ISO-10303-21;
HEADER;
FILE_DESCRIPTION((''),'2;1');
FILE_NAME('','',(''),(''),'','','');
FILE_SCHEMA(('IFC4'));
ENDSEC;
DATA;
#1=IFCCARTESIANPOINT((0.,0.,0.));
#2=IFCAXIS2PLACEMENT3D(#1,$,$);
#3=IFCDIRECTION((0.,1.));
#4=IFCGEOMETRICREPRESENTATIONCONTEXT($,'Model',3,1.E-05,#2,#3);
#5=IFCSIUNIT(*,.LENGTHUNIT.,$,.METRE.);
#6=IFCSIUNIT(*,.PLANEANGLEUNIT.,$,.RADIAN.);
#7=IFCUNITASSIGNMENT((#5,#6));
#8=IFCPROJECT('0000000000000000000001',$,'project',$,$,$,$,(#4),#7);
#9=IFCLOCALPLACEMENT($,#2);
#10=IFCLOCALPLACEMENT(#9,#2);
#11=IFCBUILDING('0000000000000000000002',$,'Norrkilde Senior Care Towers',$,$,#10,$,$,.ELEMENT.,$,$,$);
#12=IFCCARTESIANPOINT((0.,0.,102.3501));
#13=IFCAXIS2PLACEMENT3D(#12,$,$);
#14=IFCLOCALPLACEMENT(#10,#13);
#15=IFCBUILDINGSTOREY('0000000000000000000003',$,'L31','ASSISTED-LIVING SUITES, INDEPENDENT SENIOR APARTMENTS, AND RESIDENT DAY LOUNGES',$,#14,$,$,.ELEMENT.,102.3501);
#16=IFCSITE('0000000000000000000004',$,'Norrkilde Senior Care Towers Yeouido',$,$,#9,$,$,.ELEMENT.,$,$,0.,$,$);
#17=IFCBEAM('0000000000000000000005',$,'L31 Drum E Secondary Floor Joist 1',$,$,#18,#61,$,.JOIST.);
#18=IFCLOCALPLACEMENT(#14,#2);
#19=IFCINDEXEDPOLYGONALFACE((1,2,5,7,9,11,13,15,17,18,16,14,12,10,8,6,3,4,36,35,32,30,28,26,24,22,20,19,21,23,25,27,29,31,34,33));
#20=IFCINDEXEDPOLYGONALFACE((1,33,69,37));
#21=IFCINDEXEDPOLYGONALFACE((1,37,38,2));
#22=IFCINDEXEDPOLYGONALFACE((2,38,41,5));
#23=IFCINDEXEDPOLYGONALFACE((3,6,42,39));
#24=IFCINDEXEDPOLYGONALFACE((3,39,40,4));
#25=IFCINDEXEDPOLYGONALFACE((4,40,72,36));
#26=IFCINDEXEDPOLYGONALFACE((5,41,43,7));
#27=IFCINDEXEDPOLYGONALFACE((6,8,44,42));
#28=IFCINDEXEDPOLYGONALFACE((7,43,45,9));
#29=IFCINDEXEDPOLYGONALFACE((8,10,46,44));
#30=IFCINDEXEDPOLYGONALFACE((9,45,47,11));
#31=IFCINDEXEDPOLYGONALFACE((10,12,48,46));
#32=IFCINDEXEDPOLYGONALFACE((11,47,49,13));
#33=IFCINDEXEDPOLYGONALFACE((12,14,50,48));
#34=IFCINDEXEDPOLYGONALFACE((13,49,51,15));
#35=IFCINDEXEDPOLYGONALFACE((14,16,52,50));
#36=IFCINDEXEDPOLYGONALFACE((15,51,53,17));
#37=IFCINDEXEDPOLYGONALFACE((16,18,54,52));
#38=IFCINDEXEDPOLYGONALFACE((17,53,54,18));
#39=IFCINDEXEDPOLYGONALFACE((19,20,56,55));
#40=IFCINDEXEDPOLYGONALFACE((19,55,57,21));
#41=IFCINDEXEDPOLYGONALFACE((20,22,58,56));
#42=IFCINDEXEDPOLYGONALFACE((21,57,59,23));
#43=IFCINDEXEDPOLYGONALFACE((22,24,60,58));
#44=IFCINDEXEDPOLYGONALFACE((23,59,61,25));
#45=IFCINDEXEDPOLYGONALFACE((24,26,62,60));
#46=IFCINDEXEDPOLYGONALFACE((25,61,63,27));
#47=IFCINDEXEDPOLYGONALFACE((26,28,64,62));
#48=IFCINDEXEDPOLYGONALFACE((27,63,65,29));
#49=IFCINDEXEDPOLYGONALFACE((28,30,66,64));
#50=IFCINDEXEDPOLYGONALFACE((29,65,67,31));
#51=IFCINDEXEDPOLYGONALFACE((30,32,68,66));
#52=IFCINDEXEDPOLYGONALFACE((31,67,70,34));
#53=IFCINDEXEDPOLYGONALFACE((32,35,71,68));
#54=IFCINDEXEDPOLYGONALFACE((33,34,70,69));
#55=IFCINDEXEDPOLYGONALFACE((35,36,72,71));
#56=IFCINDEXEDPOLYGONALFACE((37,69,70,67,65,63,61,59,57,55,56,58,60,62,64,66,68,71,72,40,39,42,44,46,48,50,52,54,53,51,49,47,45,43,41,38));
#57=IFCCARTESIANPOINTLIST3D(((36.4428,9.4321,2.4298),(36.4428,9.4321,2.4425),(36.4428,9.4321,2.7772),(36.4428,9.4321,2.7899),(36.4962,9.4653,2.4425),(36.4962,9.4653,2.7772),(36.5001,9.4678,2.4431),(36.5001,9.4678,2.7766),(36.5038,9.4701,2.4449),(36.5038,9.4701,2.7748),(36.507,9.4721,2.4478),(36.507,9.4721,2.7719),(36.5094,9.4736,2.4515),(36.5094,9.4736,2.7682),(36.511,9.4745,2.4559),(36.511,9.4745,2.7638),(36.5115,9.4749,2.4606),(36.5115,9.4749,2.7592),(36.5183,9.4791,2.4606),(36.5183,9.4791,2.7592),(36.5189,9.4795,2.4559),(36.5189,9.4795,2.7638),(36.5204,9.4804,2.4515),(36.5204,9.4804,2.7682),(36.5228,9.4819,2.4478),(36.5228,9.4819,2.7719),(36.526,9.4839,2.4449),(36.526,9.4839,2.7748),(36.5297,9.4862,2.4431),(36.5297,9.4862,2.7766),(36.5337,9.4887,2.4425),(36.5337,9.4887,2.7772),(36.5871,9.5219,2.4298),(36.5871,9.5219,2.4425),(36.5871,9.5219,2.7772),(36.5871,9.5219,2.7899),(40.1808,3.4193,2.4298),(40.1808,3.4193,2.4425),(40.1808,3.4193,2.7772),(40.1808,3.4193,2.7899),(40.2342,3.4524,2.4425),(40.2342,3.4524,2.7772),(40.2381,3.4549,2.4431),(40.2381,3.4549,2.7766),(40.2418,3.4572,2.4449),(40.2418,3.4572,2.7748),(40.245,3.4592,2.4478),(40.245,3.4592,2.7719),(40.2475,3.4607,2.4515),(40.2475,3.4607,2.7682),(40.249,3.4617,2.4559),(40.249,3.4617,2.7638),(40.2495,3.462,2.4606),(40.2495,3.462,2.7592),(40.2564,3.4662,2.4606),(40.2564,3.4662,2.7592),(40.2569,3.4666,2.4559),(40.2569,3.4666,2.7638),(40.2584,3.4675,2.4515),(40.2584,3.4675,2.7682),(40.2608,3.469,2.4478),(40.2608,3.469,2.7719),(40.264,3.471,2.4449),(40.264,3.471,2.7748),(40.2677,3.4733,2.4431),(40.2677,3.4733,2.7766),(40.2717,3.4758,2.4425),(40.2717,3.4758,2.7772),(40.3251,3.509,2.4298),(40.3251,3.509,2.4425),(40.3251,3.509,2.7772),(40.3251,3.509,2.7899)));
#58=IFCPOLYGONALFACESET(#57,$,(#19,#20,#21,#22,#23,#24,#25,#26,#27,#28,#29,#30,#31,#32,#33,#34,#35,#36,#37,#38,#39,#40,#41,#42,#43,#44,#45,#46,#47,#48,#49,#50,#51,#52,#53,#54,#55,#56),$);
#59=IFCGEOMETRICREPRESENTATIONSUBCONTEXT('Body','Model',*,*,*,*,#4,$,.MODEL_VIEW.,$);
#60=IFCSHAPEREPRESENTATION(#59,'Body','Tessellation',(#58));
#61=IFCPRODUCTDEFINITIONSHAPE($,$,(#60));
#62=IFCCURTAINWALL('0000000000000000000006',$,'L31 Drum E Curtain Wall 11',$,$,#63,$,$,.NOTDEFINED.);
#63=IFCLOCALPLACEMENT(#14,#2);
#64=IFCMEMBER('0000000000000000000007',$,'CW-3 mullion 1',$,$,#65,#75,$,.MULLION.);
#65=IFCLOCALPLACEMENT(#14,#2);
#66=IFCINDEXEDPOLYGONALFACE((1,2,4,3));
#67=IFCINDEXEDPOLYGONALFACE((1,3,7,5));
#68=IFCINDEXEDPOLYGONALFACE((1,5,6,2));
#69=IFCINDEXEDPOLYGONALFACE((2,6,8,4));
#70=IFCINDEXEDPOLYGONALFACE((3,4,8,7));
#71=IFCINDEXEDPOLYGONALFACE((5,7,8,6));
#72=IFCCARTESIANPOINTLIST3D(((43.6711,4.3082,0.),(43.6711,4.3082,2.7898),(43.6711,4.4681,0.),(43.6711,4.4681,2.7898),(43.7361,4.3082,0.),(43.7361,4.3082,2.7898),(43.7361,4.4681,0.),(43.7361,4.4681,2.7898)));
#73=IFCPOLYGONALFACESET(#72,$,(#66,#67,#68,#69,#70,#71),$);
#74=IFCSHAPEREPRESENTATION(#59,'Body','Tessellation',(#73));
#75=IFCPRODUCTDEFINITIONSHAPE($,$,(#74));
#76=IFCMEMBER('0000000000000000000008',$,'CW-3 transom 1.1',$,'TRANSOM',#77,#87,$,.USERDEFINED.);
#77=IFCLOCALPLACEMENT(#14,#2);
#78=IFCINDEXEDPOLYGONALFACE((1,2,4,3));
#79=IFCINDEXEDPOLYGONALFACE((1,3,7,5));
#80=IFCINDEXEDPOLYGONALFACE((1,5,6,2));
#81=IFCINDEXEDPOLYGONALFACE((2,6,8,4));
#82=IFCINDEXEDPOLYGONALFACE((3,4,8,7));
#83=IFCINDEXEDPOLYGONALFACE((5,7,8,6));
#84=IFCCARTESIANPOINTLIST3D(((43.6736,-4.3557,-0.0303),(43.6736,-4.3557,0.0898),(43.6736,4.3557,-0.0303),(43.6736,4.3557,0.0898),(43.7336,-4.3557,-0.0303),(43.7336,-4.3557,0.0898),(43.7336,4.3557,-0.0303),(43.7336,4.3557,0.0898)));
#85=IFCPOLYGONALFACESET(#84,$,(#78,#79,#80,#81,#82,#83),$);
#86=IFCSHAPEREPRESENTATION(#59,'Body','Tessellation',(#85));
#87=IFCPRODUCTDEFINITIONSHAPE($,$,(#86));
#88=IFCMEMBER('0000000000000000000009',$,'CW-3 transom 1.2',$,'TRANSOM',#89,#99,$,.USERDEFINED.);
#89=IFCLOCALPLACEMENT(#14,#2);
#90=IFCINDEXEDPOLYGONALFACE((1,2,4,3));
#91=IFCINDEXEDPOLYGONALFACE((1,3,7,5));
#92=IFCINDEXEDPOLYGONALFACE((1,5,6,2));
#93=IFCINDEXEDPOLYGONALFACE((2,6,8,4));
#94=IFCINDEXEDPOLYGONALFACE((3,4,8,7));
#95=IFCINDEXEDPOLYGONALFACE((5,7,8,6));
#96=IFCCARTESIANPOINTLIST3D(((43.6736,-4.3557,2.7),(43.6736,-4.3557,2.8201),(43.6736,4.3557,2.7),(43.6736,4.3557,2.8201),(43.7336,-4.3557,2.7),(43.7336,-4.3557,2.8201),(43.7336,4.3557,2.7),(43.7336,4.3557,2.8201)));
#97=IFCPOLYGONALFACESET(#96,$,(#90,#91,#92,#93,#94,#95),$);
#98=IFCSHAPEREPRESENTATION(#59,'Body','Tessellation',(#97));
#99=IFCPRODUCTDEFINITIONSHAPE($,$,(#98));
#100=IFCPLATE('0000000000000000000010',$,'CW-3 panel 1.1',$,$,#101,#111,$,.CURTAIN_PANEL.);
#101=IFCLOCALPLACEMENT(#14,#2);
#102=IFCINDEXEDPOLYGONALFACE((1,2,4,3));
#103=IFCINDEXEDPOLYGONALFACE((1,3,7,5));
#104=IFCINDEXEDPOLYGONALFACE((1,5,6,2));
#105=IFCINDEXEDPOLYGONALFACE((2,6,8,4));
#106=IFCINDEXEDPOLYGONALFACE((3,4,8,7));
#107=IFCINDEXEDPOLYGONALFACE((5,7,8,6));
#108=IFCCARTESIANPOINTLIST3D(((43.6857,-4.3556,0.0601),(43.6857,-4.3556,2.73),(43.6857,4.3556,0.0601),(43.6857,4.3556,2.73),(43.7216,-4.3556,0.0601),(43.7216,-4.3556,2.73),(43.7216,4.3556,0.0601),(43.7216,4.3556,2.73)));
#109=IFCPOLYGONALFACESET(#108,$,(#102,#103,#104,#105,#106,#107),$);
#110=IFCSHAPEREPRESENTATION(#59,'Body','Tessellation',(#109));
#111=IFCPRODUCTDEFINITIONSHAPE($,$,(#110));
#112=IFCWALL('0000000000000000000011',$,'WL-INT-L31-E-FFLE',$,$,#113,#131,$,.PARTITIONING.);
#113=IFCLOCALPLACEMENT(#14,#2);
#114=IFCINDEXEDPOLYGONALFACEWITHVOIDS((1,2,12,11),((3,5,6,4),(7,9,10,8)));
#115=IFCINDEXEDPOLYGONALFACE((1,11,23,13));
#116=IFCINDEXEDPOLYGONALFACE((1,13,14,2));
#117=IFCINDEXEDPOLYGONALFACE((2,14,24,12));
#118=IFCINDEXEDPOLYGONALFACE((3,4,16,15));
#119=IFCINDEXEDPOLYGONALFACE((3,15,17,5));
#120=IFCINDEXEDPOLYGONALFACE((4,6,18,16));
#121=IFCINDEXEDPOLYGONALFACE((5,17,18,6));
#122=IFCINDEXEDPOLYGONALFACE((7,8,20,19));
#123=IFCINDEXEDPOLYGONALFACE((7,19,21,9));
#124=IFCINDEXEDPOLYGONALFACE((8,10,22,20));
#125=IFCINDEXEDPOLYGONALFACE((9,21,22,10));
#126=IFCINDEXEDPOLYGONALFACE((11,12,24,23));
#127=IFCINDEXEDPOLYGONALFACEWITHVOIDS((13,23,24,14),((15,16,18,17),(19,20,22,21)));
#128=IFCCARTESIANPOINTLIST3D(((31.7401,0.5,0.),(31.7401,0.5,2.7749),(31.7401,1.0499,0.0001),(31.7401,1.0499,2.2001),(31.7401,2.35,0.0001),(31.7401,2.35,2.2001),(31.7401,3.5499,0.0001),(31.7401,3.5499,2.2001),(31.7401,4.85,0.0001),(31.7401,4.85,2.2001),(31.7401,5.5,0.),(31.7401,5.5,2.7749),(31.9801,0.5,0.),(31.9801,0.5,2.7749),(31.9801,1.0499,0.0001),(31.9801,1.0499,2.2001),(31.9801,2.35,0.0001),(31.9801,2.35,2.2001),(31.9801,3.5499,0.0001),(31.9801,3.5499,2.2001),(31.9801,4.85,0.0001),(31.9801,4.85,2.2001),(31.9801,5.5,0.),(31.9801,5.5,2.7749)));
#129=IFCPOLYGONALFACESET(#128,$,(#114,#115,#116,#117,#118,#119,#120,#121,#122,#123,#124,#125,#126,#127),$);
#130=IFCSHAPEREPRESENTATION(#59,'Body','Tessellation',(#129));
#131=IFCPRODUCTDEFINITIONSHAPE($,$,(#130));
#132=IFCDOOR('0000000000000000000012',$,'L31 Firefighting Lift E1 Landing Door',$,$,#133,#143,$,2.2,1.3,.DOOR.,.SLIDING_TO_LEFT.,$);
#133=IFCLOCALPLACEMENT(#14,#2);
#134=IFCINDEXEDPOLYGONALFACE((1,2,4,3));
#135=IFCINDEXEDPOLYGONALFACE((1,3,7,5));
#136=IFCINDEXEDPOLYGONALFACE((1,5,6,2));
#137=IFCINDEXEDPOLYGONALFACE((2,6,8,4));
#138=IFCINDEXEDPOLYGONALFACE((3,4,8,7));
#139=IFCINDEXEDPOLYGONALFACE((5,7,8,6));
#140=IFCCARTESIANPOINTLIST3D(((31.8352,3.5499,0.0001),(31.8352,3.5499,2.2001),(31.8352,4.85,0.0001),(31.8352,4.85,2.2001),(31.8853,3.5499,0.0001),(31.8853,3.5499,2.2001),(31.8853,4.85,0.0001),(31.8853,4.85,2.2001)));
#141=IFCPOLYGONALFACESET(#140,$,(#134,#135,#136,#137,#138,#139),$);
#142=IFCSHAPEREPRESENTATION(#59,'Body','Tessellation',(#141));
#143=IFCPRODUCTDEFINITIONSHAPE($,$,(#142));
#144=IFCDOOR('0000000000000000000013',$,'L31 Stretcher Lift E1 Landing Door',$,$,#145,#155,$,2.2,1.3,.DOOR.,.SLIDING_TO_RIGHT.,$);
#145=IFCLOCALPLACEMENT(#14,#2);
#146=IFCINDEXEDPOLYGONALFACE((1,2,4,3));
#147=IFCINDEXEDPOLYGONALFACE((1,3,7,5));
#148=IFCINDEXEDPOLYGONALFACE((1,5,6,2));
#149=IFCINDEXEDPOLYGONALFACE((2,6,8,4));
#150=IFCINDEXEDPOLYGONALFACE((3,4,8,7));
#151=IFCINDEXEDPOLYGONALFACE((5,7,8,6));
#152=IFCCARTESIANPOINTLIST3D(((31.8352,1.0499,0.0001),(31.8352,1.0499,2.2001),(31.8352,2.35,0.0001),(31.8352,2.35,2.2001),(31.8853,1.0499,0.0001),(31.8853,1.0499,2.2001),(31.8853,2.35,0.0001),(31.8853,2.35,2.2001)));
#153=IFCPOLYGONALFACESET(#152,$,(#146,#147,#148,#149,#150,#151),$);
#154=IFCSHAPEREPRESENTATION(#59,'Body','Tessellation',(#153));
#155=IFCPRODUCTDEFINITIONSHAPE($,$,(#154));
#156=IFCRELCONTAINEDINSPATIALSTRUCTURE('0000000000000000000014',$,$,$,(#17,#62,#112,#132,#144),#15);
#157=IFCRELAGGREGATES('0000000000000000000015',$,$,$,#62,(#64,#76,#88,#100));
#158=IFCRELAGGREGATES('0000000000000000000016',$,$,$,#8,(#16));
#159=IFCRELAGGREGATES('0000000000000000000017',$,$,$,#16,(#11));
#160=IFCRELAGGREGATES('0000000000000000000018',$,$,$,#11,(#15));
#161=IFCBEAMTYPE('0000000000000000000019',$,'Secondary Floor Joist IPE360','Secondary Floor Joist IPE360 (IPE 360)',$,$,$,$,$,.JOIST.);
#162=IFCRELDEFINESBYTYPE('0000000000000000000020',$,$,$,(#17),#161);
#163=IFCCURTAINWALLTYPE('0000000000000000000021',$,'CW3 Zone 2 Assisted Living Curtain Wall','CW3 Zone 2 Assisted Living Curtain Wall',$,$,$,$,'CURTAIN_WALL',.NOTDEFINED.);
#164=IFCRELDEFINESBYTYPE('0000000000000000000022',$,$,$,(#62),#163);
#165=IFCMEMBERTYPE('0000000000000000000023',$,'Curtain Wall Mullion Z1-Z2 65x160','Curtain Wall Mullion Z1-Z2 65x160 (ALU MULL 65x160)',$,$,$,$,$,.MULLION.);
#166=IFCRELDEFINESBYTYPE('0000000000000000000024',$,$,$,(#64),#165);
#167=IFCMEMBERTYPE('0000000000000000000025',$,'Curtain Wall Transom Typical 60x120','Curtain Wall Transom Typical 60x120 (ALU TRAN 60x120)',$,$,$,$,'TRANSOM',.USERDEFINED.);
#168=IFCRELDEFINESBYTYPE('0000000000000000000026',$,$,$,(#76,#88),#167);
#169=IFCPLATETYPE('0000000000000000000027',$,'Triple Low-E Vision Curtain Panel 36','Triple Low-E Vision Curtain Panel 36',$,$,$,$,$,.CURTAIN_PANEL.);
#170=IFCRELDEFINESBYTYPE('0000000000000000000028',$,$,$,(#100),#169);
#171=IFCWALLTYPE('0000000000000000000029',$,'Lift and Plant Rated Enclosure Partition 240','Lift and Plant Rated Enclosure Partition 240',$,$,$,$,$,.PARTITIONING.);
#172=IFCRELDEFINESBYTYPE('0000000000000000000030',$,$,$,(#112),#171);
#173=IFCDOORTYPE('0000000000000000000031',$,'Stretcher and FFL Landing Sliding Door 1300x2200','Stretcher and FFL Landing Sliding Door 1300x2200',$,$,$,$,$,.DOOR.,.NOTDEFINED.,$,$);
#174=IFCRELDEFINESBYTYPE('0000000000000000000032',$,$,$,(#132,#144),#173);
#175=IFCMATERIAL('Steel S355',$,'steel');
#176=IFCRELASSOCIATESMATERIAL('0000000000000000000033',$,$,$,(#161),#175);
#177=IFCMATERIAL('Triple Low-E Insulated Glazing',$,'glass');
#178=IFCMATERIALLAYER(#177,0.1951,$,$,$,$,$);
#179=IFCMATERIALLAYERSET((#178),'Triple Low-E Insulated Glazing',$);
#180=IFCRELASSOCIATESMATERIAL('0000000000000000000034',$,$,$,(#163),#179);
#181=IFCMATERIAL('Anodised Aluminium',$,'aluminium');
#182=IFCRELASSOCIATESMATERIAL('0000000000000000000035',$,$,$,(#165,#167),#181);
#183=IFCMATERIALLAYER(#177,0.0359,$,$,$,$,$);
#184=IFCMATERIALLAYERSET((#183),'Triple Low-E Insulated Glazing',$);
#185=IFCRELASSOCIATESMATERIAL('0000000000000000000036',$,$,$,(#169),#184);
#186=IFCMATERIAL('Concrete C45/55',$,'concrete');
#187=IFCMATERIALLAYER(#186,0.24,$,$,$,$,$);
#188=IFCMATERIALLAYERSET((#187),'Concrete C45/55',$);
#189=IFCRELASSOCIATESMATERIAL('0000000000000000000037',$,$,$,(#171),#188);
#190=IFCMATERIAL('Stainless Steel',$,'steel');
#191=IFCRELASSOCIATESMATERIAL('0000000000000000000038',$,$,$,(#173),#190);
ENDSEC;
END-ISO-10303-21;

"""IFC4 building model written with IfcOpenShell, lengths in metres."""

from ifc_helpers import new_model, si_unit, direction, frame, frame_2d, origin, origin_2d, place, context, subcontext, project, spatial, rectangle, i_section, extrude, source, transform, mapped, material, layer, layer_set, material_profile, profile_set, type_object, type_shapes, element, fill, aggregate, save


model = new_model("IFC4")

# Units and contexts
model_context = context("Model", 3, precision=1e-05, world=origin(), true_north=direction((0.0, 1.0)))
body_context = subcontext(model_context, "Body", "Model", "MODEL_VIEW")
ifc_project = project(units=[si_unit("LENGTHUNIT", "METRE"), si_unit("PLANEANGLEUNIT", "RADIAN")], contexts=[model_context])

# Site, building, storey
site_placement = place(None, origin())
site = spatial("IfcSite", under=ifc_project, at=site_placement, Name="Norrkilde Senior Care Towers Yeouido", CompositionType="ELEMENT", RefElevation=0.0)
building_placement = place(site_placement, origin())
building = spatial("IfcBuilding", under=site, at=building_placement, Name="Norrkilde Senior Care Towers", CompositionType="ELEMENT")
storey_placement = place(building_placement, frame((0.0, 0.0, 102.3501)))
storey = spatial("IfcBuildingStorey", under=building, at=storey_placement, Name="L31", Description="ASSISTED-LIVING SUITES, INDEPENDENT SENIOR APARTMENTS, AND RESIDENT DAY LOUNGES", CompositionType="ELEMENT", Elevation=102.3501)

# Beam
ifc_material_1 = material(Name="Steel S355", Category="steel")
ifc_material_profile_1 = material_profile(ifc_material_1, i_section(OverallWidth=0.1699, OverallDepth=0.3601, WebThickness=0.0081, FlangeThickness=0.0127, FilletRadius=0.0181, at=origin_2d()), Name="IPE 360")
ifc_profile_set_1 = profile_set([ifc_material_profile_1], Name="Steel S355")
beam_type_1 = type_object("IfcBeamType", Name="Secondary Floor Joist IPE360", Description="Secondary Floor Joist IPE360 (IPE 360)", PredefinedType="JOIST", material=ifc_profile_set_1)
shared_shape_1 = source(origin(), body_context, "Body", "SweptSolid", [
    extrude(i_section(OverallWidth=0.1699, OverallDepth=0.3601, WebThickness=0.0081, FlangeThickness=0.0127, FilletRadius=0.0181, at=origin_2d()), origin(), (0.0, 0.0, 1.0), 7.0801),
])
type_shapes(beam_type_1, [shared_shape_1])
beam_1_placement = place(storey_placement, frame((40.2529, 3.4641, 2.6099), z_axis=(-0.527961, 0.849269, 0.0), x_axis=(-0.849269, -0.527961, 0.0)))
element("IfcBeam", 1, at=beam_1_placement, inside=storey, type_object=beam_type_1, Name="L31 Drum E Secondary Floor Joist 1", PredefinedType="JOIST", context=body_context, shape_type="MappedRepresentation", body=[
    mapped(shared_shape_1, transform((0.0, 0.0, 0.0), x_axis=(1.0, 0.0, 0.0), y_axis=(0.0, 1.0, 0.0), z_axis=(0.0, 0.0, 1.0), scale=1.0)),
])

# Curtain wall, members, plate
ifc_material_2 = material(Name="Triple Low-E Insulated Glazing", Category="glass")
ifc_layer_1 = layer(ifc_material_2, 0.1951)
ifc_layer_set_1 = layer_set([ifc_layer_1], Name="Triple Low-E Insulated Glazing")
curtain_wall_type = type_object("IfcCurtainWallType", Name="CW3 Zone 2 Assisted Living Curtain Wall", Description="CW3 Zone 2 Assisted Living Curtain Wall", ElementType="CURTAIN_WALL", PredefinedType="NOTDEFINED", material=ifc_layer_set_1)
curtain_wall_placement = place(storey_placement, origin())
curtain_wall = element("IfcCurtainWall", 2, at=curtain_wall_placement, inside=storey, type_object=curtain_wall_type, Name="L31 Drum E Curtain Wall 11", PredefinedType="NOTDEFINED")
ifc_material_3 = material(Name="Anodised Aluminium", Category="aluminium")
ifc_material_profile_2 = material_profile(ifc_material_3, rectangle(XDim=0.0649, YDim=0.1599, at=origin_2d()), Name="ALU MULL 65x160")
ifc_profile_set_2 = profile_set([ifc_material_profile_2], Name="Anodised Aluminium")
member_type_1 = type_object("IfcMemberType", Name="Curtain Wall Mullion Z1-Z2 65x160", Description="Curtain Wall Mullion Z1-Z2 65x160 (ALU MULL 65x160)", PredefinedType="MULLION", material=ifc_profile_set_2)
shared_shape_2 = source(origin(), body_context, "Body", "SweptSolid", [
    extrude(rectangle(XDim=0.0649, YDim=0.1599, at=origin_2d()), origin(), (0.0, 0.0, 1.0), 2.7898),
])
type_shapes(member_type_1, [shared_shape_2])
member_1_placement = place(storey_placement, frame((43.7036, 4.3882, 0.0), z_axis=(0.0, 0.0, 1.0), x_axis=(1.0, 0.0, 0.0)))
member_1 = element("IfcMember", 3, at=member_1_placement, type_object=member_type_1, Name="CW-3 mullion 1", PredefinedType="MULLION", context=body_context, shape_type="MappedRepresentation", body=[
    mapped(shared_shape_2, transform((0.0, 0.0, 0.0), x_axis=(1.0, 0.0, 0.0), y_axis=(0.0, 1.0, 0.0), z_axis=(0.0, 0.0, 1.0), scale=1.0)),
])
ifc_material_profile_3 = material_profile(ifc_material_3, rectangle(XDim=0.0601, YDim=0.1201, at=origin_2d()), Name="ALU TRAN 60x120")
ifc_profile_set_3 = profile_set([ifc_material_profile_3], Name="Anodised Aluminium")
member_type_2 = type_object("IfcMemberType", Name="Curtain Wall Transom Typical 60x120", Description="Curtain Wall Transom Typical 60x120 (ALU TRAN 60x120)", ElementType="TRANSOM", PredefinedType="USERDEFINED", material=ifc_profile_set_3)
shared_shape_3 = source(origin(), body_context, "Body", "SweptSolid", [
    extrude(rectangle(XDim=0.0601, YDim=0.1201, at=origin_2d()), origin(), (0.0, 0.0, 1.0), 8.7114),
])
type_shapes(member_type_2, [shared_shape_3])
member_2_placement = place(storey_placement, frame((43.7036, 4.3557, 0.0298), z_axis=(0.0, -1.0, 0.0), x_axis=(1.0, 0.0, 0.0)))
member_2 = element("IfcMember", 4, at=member_2_placement, type_object=member_type_2, Name="CW-3 transom 1.1", ObjectType="TRANSOM", PredefinedType="USERDEFINED", context=body_context, shape_type="MappedRepresentation", body=[
    mapped(shared_shape_3, transform((0.0, 0.0, 0.0), x_axis=(1.0, 0.0, 0.0), y_axis=(0.0, 1.0, 0.0), z_axis=(0.0, 0.0, 1.0), scale=1.0)),
])
member_3_placement = place(storey_placement, frame((43.7036, 4.3557, 2.76), z_axis=(0.0, -1.0, 0.0), x_axis=(1.0, 0.0, 0.0)))
member_3 = element("IfcMember", 5, at=member_3_placement, type_object=member_type_2, Name="CW-3 transom 1.2", ObjectType="TRANSOM", PredefinedType="USERDEFINED", context=body_context, shape_type="MappedRepresentation", body=[
    mapped(shared_shape_3, transform((0.0, 0.0, 0.0), x_axis=(1.0, 0.0, 0.0), y_axis=(0.0, 1.0, 0.0), z_axis=(0.0, 0.0, 1.0), scale=1.0)),
])
ifc_layer_2 = layer(ifc_material_2, 0.0359)
ifc_layer_set_2 = layer_set([ifc_layer_2], Name="Triple Low-E Insulated Glazing")
plate_type = type_object("IfcPlateType", Name="Triple Low-E Vision Curtain Panel 36", Description="Triple Low-E Vision Curtain Panel 36", PredefinedType="CURTAIN_PANEL", material=ifc_layer_set_2)
shared_shape_4 = source(origin(), body_context, "Body", "SweptSolid", [
    extrude(rectangle(XDim=8.7112, YDim=0.0359, at=origin_2d()), origin(), (0.0, 0.0, 1.0), 2.6699),
])
type_shapes(plate_type, [shared_shape_4])
plate_placement = place(storey_placement, frame((43.7036, 0.0, 0.0601), z_axis=(0.0, 0.0, 1.0), x_axis=(0.0, -1.0, 0.0)))
plate = element("IfcPlate", 6, at=plate_placement, type_object=plate_type, Name="CW-3 panel 1.1", PredefinedType="CURTAIN_PANEL", context=body_context, shape_type="MappedRepresentation", body=[
    mapped(shared_shape_4, transform((0.0, 0.0, 0.0), x_axis=(1.0, 0.0, 0.0), y_axis=(0.0, 1.0, 0.0), z_axis=(0.0, 0.0, 1.0), scale=1.0)),
])
aggregate(curtain_wall, [member_1, member_2, member_3, plate])

# Wall, openings, doors
ifc_material_4 = material(Name="Concrete C45/55", Category="concrete")
ifc_layer_3 = layer(ifc_material_4, 0.24)
ifc_layer_set_3 = layer_set([ifc_layer_3], Name="Concrete C45/55")
wall_type_1 = type_object("IfcWallType", Name="Lift and Plant Rated Enclosure Partition 240", Description="Lift and Plant Rated Enclosure Partition 240", PredefinedType="PARTITIONING", material=ifc_layer_set_3)
shared_shape_5 = source(origin(), body_context, "Body", "SweptSolid", [
    extrude(rectangle(XDim=5.0, YDim=0.24, at=frame_2d((2.5, 0.0))), origin(), (0.0, 0.0, 1.0), 2.7749),
])
wall_1_placement = place(storey_placement, frame((31.8601, 0.5, 0.0), z_axis=(0.0, 0.0, 1.0), x_axis=(0.0, 1.0, 0.0)))
wall_1 = element("IfcWall", 7, at=wall_1_placement, inside=storey, type_object=wall_type_1, Name="WL-INT-L31-E-FFLE", PredefinedType="PARTITIONING", context=body_context, shape_type="MappedRepresentation", body=[
    mapped(shared_shape_5, transform((0.0, 0.0, 0.0), x_axis=(1.0, 0.0, 0.0), y_axis=(0.0, 1.0, 0.0), z_axis=(0.0, 0.0, 1.0), scale=1.0)),
])
opening_1_placement = place(wall_1_placement, frame((3.05, 0.0, 0.0)))
opening_1 = element("IfcOpeningElement", 8, at=opening_1_placement, cuts=wall_1, PredefinedType="OPENING", context=body_context, shape_type="SweptSolid", body=[
    extrude(rectangle(XDim=1.3, YDim=2.2, at=frame_2d((0.6499, 1.1001))), frame((0.0, 0.1299, 0.0), z_axis=(0.0, -1.0, 0.0), x_axis=(1.0, 0.0, 0.0)), (0.0, 0.0, 1.0), 0.26),
])
opening_2_placement = place(wall_1_placement, frame((0.55, 0.0, 0.0)))
opening_2 = element("IfcOpeningElement", 9, at=opening_2_placement, cuts=wall_1, PredefinedType="OPENING", context=body_context, shape_type="SweptSolid", body=[
    extrude(rectangle(XDim=1.3, YDim=2.2, at=frame_2d((0.6499, 1.1001))), frame((0.0, 0.1299, 0.0), z_axis=(0.0, -1.0, 0.0), x_axis=(1.0, 0.0, 0.0)), (0.0, 0.0, 1.0), 0.26),
])
ifc_material_5 = material(Name="Stainless Steel", Category="steel")
door_type_1 = type_object("IfcDoorType", Name="Stretcher and FFL Landing Sliding Door 1300x2200", Description="Stretcher and FFL Landing Sliding Door 1300x2200", OperationType="NOTDEFINED", PredefinedType="DOOR", material=ifc_material_5)
shared_shape_6 = source(origin(), body_context, "Body", "SweptSolid", [
    extrude(rectangle(XDim=1.3, YDim=2.2, at=frame_2d((0.6499, 1.1001))), frame((0.0, 0.0249, 0.0), z_axis=(0.0, -1.0, 0.0), x_axis=(1.0, 0.0, 0.0)), (0.0, 0.0, 1.0), 0.05),
])
type_shapes(door_type_1, [shared_shape_6])
door_1_placement = place(opening_1_placement, origin())
door_1 = element("IfcDoor", 10, at=door_1_placement, inside=storey, type_object=door_type_1, Name="L31 Firefighting Lift E1 Landing Door", OperationType="SLIDING_TO_LEFT", OverallHeight=2.2, OverallWidth=1.3, PredefinedType="DOOR", context=body_context, shape_type="MappedRepresentation", body=[
    mapped(shared_shape_6, transform((0.0, 0.0, 0.0), x_axis=(1.0, 0.0, 0.0), y_axis=(0.0, 1.0, 0.0), z_axis=(0.0, 0.0, 1.0), scale=1.0)),
])
fill(opening_1, door_1)
door_2_placement = place(opening_2_placement, origin())
door_2 = element("IfcDoor", 11, at=door_2_placement, inside=storey, type_object=door_type_1, Name="L31 Stretcher Lift E1 Landing Door", OperationType="SLIDING_TO_RIGHT", OverallHeight=2.2, OverallWidth=1.3, PredefinedType="DOOR", context=body_context, shape_type="MappedRepresentation", body=[
    mapped(shared_shape_6, transform((0.0, 0.0, 0.0), x_axis=(1.0, 0.0, 0.0), y_axis=(0.0, 1.0, 0.0), z_axis=(0.0, 0.0, 1.0), scale=1.0)),
])
fill(opening_2, door_2)

save(model, "model.ifc")
